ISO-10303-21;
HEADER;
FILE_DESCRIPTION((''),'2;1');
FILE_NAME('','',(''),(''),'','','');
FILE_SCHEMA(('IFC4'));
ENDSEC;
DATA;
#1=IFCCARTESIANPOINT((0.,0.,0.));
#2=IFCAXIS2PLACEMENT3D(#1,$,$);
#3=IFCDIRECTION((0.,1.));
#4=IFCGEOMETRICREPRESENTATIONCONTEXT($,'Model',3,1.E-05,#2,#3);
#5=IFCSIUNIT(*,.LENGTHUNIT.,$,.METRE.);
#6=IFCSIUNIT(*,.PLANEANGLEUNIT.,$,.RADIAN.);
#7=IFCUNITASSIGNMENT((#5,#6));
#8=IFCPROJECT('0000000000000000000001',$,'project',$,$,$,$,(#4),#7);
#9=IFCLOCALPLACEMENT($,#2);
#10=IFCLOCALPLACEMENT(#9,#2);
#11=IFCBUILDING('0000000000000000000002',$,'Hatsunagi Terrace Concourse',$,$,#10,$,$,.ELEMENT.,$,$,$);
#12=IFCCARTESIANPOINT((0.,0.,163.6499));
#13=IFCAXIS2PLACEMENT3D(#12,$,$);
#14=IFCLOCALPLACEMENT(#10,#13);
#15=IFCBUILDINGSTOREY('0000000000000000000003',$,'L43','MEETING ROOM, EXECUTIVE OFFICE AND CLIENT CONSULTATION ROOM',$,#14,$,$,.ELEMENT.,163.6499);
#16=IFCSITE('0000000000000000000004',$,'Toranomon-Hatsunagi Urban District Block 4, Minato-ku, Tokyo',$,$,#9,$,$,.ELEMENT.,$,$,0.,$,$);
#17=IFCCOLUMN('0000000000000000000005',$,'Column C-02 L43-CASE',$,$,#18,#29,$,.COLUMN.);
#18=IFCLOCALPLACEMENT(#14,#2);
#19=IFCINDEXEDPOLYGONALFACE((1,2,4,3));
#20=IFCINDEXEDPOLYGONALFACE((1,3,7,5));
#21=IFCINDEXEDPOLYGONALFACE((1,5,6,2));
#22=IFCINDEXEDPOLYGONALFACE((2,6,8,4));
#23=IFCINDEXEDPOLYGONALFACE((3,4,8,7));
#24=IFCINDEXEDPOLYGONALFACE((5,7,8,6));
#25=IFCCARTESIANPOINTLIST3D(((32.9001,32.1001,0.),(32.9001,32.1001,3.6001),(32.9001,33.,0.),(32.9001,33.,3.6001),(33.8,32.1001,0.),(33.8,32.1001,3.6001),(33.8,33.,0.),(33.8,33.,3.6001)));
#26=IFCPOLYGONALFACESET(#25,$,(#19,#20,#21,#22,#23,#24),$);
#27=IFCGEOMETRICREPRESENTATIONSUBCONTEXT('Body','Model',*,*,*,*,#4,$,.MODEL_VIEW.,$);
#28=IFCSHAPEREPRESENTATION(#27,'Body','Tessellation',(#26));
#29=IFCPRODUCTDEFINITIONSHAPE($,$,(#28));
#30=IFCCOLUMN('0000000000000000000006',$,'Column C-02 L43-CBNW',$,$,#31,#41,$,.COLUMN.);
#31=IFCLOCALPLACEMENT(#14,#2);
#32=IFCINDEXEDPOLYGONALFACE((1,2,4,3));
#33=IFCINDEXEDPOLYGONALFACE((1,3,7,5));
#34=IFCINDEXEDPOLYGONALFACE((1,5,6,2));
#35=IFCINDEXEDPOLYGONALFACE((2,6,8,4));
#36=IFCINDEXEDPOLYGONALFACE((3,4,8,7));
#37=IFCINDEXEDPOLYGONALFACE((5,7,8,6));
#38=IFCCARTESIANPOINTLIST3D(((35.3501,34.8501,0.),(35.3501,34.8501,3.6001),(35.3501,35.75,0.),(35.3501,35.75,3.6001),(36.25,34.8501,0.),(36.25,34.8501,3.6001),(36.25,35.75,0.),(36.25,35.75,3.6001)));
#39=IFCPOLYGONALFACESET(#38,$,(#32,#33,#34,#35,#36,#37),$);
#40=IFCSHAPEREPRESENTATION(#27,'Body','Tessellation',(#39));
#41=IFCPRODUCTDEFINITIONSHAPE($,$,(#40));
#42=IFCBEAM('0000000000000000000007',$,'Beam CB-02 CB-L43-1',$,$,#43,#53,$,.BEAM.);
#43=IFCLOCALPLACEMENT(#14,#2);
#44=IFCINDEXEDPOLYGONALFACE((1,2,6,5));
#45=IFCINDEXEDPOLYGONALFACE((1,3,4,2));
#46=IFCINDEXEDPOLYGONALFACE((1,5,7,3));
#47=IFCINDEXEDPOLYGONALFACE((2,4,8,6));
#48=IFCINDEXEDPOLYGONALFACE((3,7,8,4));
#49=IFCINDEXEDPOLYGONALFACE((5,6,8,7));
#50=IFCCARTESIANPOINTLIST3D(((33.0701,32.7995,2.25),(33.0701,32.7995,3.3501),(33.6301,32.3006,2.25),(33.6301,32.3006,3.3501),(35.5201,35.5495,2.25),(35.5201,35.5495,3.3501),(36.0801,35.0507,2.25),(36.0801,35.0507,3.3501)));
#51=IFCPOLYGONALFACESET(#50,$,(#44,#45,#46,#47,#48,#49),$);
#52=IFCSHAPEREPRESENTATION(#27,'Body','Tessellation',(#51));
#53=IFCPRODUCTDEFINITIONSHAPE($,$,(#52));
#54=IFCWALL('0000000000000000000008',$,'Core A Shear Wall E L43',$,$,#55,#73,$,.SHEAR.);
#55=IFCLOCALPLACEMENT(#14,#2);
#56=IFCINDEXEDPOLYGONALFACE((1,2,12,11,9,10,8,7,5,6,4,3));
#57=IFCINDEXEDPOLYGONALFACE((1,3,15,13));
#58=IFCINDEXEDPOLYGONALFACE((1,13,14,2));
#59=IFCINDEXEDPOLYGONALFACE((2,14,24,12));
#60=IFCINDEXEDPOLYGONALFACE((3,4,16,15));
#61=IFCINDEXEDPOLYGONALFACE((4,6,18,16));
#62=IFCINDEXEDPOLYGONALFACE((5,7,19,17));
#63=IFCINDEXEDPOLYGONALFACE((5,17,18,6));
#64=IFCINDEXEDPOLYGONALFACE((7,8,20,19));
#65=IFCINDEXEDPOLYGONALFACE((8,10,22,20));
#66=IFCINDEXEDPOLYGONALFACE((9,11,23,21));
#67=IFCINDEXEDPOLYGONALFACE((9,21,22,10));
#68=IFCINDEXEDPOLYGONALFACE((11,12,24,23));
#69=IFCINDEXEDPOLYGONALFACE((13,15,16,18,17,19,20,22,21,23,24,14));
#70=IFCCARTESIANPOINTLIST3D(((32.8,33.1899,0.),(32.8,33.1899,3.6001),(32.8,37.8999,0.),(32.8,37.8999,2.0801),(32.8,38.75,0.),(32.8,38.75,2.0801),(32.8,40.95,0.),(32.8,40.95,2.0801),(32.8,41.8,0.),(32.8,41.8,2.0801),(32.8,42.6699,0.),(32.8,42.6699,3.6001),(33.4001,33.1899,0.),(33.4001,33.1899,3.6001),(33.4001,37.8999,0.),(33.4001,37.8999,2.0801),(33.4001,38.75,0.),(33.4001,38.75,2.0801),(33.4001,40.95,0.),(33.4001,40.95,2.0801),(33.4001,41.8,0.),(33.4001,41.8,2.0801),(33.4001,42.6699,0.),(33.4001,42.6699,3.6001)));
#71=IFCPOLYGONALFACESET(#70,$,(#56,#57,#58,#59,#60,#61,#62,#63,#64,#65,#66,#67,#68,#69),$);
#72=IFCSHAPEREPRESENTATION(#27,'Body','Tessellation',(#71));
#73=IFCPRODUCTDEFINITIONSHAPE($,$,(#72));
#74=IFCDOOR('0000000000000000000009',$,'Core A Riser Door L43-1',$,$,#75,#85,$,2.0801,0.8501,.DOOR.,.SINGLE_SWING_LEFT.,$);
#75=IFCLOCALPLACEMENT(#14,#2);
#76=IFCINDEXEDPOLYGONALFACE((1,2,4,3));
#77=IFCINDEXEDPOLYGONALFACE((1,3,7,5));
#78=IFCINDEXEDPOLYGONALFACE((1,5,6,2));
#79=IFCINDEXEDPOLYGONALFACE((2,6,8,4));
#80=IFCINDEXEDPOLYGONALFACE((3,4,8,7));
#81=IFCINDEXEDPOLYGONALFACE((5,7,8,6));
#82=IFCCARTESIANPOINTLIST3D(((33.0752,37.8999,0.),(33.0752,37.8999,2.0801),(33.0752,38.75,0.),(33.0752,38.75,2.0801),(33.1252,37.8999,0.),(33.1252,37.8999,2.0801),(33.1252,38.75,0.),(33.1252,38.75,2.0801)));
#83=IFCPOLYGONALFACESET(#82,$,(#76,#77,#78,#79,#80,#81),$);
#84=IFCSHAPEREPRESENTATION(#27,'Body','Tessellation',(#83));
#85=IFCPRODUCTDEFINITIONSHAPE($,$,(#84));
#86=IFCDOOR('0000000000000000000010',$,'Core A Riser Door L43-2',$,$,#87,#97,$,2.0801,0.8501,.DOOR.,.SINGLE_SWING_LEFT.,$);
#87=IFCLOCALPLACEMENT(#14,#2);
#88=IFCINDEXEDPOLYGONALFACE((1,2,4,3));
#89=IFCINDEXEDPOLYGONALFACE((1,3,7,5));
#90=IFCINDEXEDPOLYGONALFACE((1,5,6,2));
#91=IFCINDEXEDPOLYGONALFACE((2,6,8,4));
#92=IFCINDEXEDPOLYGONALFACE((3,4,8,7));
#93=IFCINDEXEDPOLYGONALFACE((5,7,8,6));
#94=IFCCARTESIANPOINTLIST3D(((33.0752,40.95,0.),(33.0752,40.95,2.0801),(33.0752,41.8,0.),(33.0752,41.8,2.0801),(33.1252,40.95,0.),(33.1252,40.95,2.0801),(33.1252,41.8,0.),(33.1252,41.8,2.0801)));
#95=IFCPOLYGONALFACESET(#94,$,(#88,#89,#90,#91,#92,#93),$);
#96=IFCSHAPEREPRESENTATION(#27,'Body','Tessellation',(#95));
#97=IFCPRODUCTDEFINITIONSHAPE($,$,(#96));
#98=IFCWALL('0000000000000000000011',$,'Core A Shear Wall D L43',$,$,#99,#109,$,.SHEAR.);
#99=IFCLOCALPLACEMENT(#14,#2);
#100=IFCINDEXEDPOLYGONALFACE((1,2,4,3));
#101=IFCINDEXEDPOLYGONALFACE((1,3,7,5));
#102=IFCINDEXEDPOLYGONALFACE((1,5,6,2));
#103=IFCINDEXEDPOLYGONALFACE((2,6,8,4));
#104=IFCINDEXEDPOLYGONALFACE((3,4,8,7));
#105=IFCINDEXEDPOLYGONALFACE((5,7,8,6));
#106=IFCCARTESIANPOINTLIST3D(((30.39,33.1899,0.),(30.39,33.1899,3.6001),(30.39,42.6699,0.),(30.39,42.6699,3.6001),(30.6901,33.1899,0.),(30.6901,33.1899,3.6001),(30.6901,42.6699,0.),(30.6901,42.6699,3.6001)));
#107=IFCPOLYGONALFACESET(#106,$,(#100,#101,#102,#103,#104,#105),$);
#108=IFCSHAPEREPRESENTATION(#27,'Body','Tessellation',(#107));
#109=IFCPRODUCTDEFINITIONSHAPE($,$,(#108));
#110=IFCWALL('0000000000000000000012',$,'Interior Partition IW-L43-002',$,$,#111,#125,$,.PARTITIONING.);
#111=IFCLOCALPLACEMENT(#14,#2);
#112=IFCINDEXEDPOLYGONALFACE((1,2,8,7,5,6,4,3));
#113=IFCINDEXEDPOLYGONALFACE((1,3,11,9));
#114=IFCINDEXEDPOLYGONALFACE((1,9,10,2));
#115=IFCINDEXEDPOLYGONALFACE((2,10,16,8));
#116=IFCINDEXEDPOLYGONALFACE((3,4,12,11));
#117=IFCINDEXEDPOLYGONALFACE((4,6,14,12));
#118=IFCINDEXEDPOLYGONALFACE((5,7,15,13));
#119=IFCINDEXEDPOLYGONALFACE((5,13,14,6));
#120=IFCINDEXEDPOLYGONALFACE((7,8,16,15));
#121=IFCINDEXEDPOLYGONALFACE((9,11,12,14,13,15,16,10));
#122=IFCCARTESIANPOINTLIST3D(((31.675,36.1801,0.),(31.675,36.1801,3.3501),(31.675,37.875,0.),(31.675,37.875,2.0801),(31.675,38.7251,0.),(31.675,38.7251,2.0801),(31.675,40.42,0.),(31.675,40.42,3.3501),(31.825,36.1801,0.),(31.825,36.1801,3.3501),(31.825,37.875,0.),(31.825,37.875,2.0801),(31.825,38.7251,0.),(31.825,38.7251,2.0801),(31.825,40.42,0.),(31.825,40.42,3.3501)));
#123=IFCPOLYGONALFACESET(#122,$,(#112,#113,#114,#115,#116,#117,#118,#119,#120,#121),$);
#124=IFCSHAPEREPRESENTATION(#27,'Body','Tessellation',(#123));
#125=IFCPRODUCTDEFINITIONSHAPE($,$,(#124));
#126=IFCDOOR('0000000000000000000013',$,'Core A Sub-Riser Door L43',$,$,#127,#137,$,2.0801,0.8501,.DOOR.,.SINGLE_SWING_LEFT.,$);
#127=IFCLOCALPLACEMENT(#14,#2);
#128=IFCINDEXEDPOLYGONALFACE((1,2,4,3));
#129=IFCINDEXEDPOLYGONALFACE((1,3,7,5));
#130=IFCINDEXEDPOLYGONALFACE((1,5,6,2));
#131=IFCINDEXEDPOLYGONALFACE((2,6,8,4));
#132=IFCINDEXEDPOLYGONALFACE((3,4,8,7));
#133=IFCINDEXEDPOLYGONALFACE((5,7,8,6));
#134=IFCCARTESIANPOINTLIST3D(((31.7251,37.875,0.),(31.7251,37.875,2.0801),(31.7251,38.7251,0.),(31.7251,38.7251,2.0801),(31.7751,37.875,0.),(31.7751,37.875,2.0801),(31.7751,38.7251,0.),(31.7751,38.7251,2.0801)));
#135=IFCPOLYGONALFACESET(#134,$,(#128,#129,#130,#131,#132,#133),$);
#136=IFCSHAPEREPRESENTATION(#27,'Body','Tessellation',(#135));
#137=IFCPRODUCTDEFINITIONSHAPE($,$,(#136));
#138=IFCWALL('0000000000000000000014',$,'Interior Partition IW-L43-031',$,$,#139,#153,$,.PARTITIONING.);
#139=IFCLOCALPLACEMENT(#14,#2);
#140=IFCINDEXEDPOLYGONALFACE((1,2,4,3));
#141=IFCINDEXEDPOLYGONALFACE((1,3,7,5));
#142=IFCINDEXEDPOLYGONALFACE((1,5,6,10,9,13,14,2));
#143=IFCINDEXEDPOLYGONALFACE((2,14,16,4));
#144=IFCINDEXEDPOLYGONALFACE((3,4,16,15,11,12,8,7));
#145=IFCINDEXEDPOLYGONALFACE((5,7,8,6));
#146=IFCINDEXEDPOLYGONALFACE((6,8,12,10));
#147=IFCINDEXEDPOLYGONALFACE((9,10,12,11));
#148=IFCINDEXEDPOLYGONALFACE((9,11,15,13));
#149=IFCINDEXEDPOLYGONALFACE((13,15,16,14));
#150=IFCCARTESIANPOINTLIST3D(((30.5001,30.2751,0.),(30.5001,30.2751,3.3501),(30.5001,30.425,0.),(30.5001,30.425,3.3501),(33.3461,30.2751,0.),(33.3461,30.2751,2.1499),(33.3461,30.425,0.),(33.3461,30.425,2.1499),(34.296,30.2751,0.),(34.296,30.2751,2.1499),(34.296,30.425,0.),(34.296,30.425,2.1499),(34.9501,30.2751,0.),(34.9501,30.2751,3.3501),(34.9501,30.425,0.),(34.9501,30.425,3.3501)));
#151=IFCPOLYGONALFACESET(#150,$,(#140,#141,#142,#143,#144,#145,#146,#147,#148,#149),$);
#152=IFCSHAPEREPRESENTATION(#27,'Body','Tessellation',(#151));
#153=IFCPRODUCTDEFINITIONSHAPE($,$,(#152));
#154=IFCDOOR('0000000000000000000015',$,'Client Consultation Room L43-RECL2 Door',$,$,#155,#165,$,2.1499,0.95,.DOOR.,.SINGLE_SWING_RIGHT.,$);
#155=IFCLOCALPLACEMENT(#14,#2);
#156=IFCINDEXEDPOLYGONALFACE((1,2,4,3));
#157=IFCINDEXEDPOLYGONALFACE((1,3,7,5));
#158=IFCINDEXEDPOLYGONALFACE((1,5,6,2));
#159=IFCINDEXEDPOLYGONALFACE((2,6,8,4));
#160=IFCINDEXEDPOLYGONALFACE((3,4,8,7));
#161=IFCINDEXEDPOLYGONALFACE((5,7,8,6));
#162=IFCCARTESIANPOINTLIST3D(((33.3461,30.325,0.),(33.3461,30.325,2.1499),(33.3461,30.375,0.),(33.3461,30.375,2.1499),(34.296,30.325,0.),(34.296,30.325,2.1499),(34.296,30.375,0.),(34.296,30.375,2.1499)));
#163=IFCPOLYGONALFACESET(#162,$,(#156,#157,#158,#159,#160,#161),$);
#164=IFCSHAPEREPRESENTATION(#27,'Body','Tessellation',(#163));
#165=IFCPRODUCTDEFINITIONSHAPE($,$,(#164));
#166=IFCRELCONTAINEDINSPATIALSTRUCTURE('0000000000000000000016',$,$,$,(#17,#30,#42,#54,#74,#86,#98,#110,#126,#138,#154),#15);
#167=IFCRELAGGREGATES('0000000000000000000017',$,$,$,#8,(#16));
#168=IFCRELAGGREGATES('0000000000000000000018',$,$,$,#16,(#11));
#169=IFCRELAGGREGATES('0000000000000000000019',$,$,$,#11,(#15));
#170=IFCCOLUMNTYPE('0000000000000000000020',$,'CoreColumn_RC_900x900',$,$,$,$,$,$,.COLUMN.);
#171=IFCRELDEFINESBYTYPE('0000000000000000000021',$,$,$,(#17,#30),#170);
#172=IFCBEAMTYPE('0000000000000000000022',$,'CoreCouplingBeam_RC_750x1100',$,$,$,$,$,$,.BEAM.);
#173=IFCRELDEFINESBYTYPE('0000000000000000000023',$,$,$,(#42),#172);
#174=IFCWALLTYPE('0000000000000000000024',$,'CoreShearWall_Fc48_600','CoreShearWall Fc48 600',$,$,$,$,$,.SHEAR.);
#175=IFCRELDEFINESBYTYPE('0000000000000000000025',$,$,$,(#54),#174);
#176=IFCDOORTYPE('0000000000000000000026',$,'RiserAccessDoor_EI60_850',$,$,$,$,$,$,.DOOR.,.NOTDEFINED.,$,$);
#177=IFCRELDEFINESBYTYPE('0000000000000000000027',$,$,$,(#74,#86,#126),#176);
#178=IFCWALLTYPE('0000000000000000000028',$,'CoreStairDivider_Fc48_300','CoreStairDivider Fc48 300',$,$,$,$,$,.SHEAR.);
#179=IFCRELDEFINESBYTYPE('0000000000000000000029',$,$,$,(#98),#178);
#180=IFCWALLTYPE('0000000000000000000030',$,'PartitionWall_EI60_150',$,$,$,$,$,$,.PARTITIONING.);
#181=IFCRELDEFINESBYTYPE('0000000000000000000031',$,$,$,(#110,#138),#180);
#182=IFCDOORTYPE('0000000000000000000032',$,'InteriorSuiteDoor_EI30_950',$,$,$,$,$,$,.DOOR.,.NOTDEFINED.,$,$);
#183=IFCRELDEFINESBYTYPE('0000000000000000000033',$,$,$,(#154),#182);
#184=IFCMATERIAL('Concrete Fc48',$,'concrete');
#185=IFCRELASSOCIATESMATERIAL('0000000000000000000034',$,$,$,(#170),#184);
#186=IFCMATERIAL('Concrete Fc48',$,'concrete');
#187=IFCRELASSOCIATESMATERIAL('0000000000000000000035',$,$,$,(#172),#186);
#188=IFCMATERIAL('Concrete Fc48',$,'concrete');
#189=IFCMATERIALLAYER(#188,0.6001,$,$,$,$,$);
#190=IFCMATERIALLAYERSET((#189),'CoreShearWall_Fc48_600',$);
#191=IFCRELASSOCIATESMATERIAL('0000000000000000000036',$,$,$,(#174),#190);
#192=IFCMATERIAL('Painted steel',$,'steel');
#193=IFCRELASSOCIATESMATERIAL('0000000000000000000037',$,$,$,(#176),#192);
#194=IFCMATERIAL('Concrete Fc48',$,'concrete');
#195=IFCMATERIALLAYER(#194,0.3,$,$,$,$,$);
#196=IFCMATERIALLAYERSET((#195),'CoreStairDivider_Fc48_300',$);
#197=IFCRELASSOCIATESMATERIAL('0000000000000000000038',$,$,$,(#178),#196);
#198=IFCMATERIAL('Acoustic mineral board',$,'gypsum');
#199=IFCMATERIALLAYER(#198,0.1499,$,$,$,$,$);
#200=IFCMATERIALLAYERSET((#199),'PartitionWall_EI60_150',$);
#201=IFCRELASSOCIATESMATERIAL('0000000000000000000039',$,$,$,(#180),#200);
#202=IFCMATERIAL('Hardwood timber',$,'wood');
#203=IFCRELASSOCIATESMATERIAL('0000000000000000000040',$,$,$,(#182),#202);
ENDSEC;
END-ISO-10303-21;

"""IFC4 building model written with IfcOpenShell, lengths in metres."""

from ifc_helpers import new_model, si_unit, direction, frame, frame_2d, origin, origin_2d, place, context, subcontext, project, spatial, rectangle, extrude, material, layer, layer_set, material_profile, profile_set, type_object, element, fill, save


model = new_model("IFC4")

# Units and contexts
model_context = context("Model", 3, precision=1e-05, world=origin(), true_north=direction((0.0, 1.0)))
body_context = subcontext(model_context, "Body", "Model", "MODEL_VIEW")
ifc_project = project(units=[si_unit("LENGTHUNIT", "METRE"), si_unit("PLANEANGLEUNIT", "RADIAN")], contexts=[model_context])

# Site, building, storey
site_placement = place(None, origin())
site = spatial("IfcSite", under=ifc_project, at=site_placement, Name="Toranomon-Hatsunagi Urban District Block 4, Minato-ku, Tokyo", CompositionType="ELEMENT", RefElevation=0.0)
building_placement = place(site_placement, origin())
building = spatial("IfcBuilding", under=site, at=building_placement, Name="Hatsunagi Terrace Concourse", CompositionType="ELEMENT")
storey_placement = place(building_placement, frame((0.0, 0.0, 163.6499)))
storey = spatial("IfcBuildingStorey", under=building, at=storey_placement, Name="L43", Description="MEETING ROOM, EXECUTIVE OFFICE AND CLIENT CONSULTATION ROOM", CompositionType="ELEMENT", Elevation=163.6499)

# Columns
ifc_material_1 = material(Name="Concrete Fc48", Category="concrete")
ifc_material_profile_1 = material_profile(ifc_material_1, rectangle(XDim=0.8999, YDim=0.8999, at=origin_2d()), Name="RC-900x900")
ifc_profile_set_1 = profile_set([ifc_material_profile_1], Name="Concrete Fc48")
column_type = type_object("IfcColumnType", Name="CoreColumn_RC_900x900", PredefinedType="COLUMN", material=ifc_profile_set_1)
for number, where, z_axis, x_axis, name in (
    (1, (33.3501, 32.55, 0.0), (0.0, 0.0, 1.0), (1.0, 0.0, 0.0), "Column C-02 L43-CASE"),
    (2, (35.8, 35.3, 0.0), (0.0, 0.0, 1.0), (1.0, 0.0, 0.0), "Column C-02 L43-CBNW"),
):
    element("IfcColumn", number, at=place(storey_placement, frame(where, z_axis=z_axis, x_axis=x_axis)), inside=storey, type_object=column_type, Name=name, PredefinedType="COLUMN", context=body_context, shape_type="SweptSolid", body=[
        extrude(rectangle(XDim=0.8999, YDim=0.8999, at=origin_2d()), origin(), (0.0, 0.0, 1.0), 3.6001),
    ])

# Beam
ifc_material_2 = material(Name="Concrete Fc48", Category="concrete")
ifc_material_profile_2 = material_profile(ifc_material_2, rectangle(XDim=0.75, YDim=1.1001, at=origin_2d()), Name="RC-750x1100")
ifc_profile_set_2 = profile_set([ifc_material_profile_2], Name="Concrete Fc48")
beam_type = type_object("IfcBeamType", Name="CoreCouplingBeam_RC_750x1100", PredefinedType="BEAM", material=ifc_profile_set_2)
beam_placement = place(storey_placement, frame((33.3501, 32.55, 2.8), z_axis=(0.665199, 0.746666, 0.0), x_axis=(-0.746666, 0.665199, 0.0)))
element("IfcBeam", 3, at=beam_placement, inside=storey, type_object=beam_type, Name="Beam CB-02 CB-L43-1", PredefinedType="BEAM", context=body_context, shape_type="SweptSolid", body=[
    extrude(rectangle(XDim=0.75, YDim=1.1001, at=origin_2d()), origin(), (0.0, 0.0, 1.0), 3.6831),
])

# Wall, openings, doors
ifc_material_3 = material(Name="Concrete Fc48", Category="concrete")
ifc_layer_1 = layer(ifc_material_3, 0.6001)
ifc_layer_set_1 = layer_set([ifc_layer_1], Name="CoreShearWall_Fc48_600")
wall_type_1 = type_object("IfcWallType", Name="CoreShearWall_Fc48_600", Description="CoreShearWall Fc48 600", PredefinedType="SHEAR", material=ifc_layer_set_1)
wall_1_placement = place(storey_placement, frame((33.1001, 33.1899, 0.0), z_axis=(0.0, 0.0, 1.0), x_axis=(0.0, 1.0, 0.0)))
wall_1 = element("IfcWall", 4, at=wall_1_placement, inside=storey, type_object=wall_type_1, Name="Core A Shear Wall E L43", PredefinedType="SHEAR", context=body_context, shape_type="SweptSolid", body=[
    extrude(rectangle(XDim=9.48, YDim=0.6001, at=frame_2d((4.74, 0.0))), origin(), (0.0, 0.0, 1.0), 3.6001),
])
opening_1_placement = place(wall_1_placement, frame((4.71, 0.0, 0.0)))
opening_1 = element("IfcOpeningElement", 5, at=opening_1_placement, cuts=wall_1, PredefinedType="OPENING", context=body_context, shape_type="SweptSolid", body=[
    extrude(rectangle(XDim=0.8501, YDim=2.0801, at=frame_2d((0.425, 1.04))), frame((0.0, 0.3101, 0.0), z_axis=(0.0, -1.0, 0.0), x_axis=(1.0, 0.0, 0.0)), (0.0, 0.0, 1.0), 0.6201),
])
opening_2_placement = place(wall_1_placement, frame((7.76, 0.0, 0.0)))
opening_2 = element("IfcOpeningElement", 6, at=opening_2_placement, cuts=wall_1, PredefinedType="OPENING", context=body_context, shape_type="SweptSolid", body=[
    extrude(rectangle(XDim=0.8501, YDim=2.0801, at=frame_2d((0.425, 1.04))), frame((0.0, 0.3101, 0.0), z_axis=(0.0, -1.0, 0.0), x_axis=(1.0, 0.0, 0.0)), (0.0, 0.0, 1.0), 0.6201),
])
ifc_material_4 = material(Name="Painted steel", Category="steel")
door_type_1 = type_object("IfcDoorType", Name="RiserAccessDoor_EI60_850", OperationType="NOTDEFINED", PredefinedType="DOOR", material=ifc_material_4)
door_1_placement = place(opening_1_placement, origin())
door_1 = element("IfcDoor", 7, at=door_1_placement, inside=storey, type_object=door_type_1, Name="Core A Riser Door L43-1", OperationType="SINGLE_SWING_LEFT", OverallHeight=2.0801, OverallWidth=0.8501, PredefinedType="DOOR", context=body_context, shape_type="SweptSolid", body=[
    extrude(rectangle(XDim=0.8501, YDim=2.0801, at=frame_2d((0.425, 1.04))), frame((0.0, 0.0249, 0.0), z_axis=(0.0, -1.0, 0.0), x_axis=(1.0, 0.0, 0.0)), (0.0, 0.0, 1.0), 0.05),
])
fill(opening_1, door_1)
door_2_placement = place(opening_2_placement, origin())
door_2 = element("IfcDoor", 8, at=door_2_placement, inside=storey, type_object=door_type_1, Name="Core A Riser Door L43-2", OperationType="SINGLE_SWING_LEFT", OverallHeight=2.0801, OverallWidth=0.8501, PredefinedType="DOOR", context=body_context, shape_type="SweptSolid", body=[
    extrude(rectangle(XDim=0.8501, YDim=2.0801, at=frame_2d((0.425, 1.04))), frame((0.0, 0.0249, 0.0), z_axis=(0.0, -1.0, 0.0), x_axis=(1.0, 0.0, 0.0)), (0.0, 0.0, 1.0), 0.05),
])
fill(opening_2, door_2)

# Wall
ifc_material_5 = material(Name="Concrete Fc48", Category="concrete")
ifc_layer_2 = layer(ifc_material_5, 0.3)
ifc_layer_set_2 = layer_set([ifc_layer_2], Name="CoreStairDivider_Fc48_300")
wall_type_2 = type_object("IfcWallType", Name="CoreStairDivider_Fc48_300", Description="CoreStairDivider Fc48 300", PredefinedType="SHEAR", material=ifc_layer_set_2)
wall_2_placement = place(storey_placement, frame((30.54, 33.1899, 0.0), z_axis=(0.0, 0.0, 1.0), x_axis=(0.0, 1.0, 0.0)))
element("IfcWall", 9, at=wall_2_placement, inside=storey, type_object=wall_type_2, Name="Core A Shear Wall D L43", PredefinedType="SHEAR", context=body_context, shape_type="SweptSolid", body=[
    extrude(rectangle(XDim=9.48, YDim=0.3, at=frame_2d((4.74, 0.0))), origin(), (0.0, 0.0, 1.0), 3.6001),
])

# Walls, openings, doors
ifc_material_6 = material(Name="Acoustic mineral board", Category="gypsum")
ifc_layer_3 = layer(ifc_material_6, 0.1499)
ifc_layer_set_3 = layer_set([ifc_layer_3], Name="PartitionWall_EI60_150")
wall_type_3 = type_object("IfcWallType", Name="PartitionWall_EI60_150", PredefinedType="PARTITIONING", material=ifc_layer_set_3)
wall_3_placement = place(storey_placement, frame((31.75, 36.1799, 0.0), z_axis=(0.0, 0.0, 1.0), x_axis=(0.0, 1.0, 0.0)))
wall_3 = element("IfcWall", 10, at=wall_3_placement, inside=storey, type_object=wall_type_3, Name="Interior Partition IW-L43-002", PredefinedType="PARTITIONING", context=body_context, shape_type="SweptSolid", body=[
    extrude(rectangle(XDim=4.24, YDim=0.1499, at=frame_2d((2.1201, 0.0))), origin(), (0.0, 0.0, 1.0), 3.3501),
])
opening_3_placement = place(wall_3_placement, frame((1.6951, 0.0, 0.0)))
opening_3 = element("IfcOpeningElement", 11, at=opening_3_placement, cuts=wall_3, PredefinedType="OPENING", context=body_context, shape_type="SweptSolid", body=[
    extrude(rectangle(XDim=0.8501, YDim=2.0801, at=frame_2d((0.425, 1.04))), frame((0.0, 0.085, 0.0), z_axis=(0.0, -1.0, 0.0), x_axis=(1.0, 0.0, 0.0)), (0.0, 0.0, 1.0), 0.1699),
])
door_3_placement = place(opening_3_placement, origin())
door_3 = element("IfcDoor", 12, at=door_3_placement, inside=storey, type_object=door_type_1, Name="Core A Sub-Riser Door L43", OperationType="SINGLE_SWING_LEFT", OverallHeight=2.0801, OverallWidth=0.8501, PredefinedType="DOOR", context=body_context, shape_type="SweptSolid", body=[
    extrude(rectangle(XDim=0.8501, YDim=2.0801, at=frame_2d((0.425, 1.04))), frame((0.0, 0.0249, 0.0), z_axis=(0.0, -1.0, 0.0), x_axis=(1.0, 0.0, 0.0)), (0.0, 0.0, 1.0), 0.05),
])
fill(opening_3, door_3)
wall_4_placement = place(storey_placement, frame((30.5, 30.3501, 0.0), z_axis=(0.0, 0.0, 1.0), x_axis=(1.0, 0.0, 0.0)))
wall_4 = element("IfcWall", 13, at=wall_4_placement, inside=storey, type_object=wall_type_3, Name="Interior Partition IW-L43-031", PredefinedType="PARTITIONING", context=body_context, shape_type="SweptSolid", body=[
    extrude(rectangle(XDim=4.45, YDim=0.1499, at=frame_2d((2.2251, 0.0))), origin(), (0.0, 0.0, 1.0), 3.3501),
])
opening_4_placement = place(wall_4_placement, frame((2.8459, 0.0, 0.0)))
opening_4 = element("IfcOpeningElement", 14, at=opening_4_placement, cuts=wall_4, PredefinedType="OPENING", context=body_context, shape_type="SweptSolid", body=[
    extrude(rectangle(XDim=0.95, YDim=2.1499, at=frame_2d((0.4751, 1.075))), frame((0.0, 0.085, 0.0), z_axis=(0.0, -1.0, 0.0), x_axis=(1.0, 0.0, 0.0)), (0.0, 0.0, 1.0), 0.1699),
])
ifc_material_7 = material(Name="Hardwood timber", Category="wood")
door_type_2 = type_object("IfcDoorType", Name="InteriorSuiteDoor_EI30_950", OperationType="NOTDEFINED", PredefinedType="DOOR", material=ifc_material_7)
door_4_placement = place(opening_4_placement, origin())
door_4 = element("IfcDoor", 15, at=door_4_placement, inside=storey, type_object=door_type_2, Name="Client Consultation Room L43-RECL2 Door", OperationType="SINGLE_SWING_RIGHT", OverallHeight=2.1499, OverallWidth=0.95, PredefinedType="DOOR", context=body_context, shape_type="SweptSolid", body=[
    extrude(rectangle(XDim=0.95, YDim=2.1499, at=frame_2d((0.4751, 1.075))), frame((0.0, 0.0249, 0.0), z_axis=(0.0, -1.0, 0.0), x_axis=(1.0, 0.0, 0.0)), (0.0, 0.0, 1.0), 0.05),
])
fill(opening_4, door_4)

save(model, "model.ifc")
